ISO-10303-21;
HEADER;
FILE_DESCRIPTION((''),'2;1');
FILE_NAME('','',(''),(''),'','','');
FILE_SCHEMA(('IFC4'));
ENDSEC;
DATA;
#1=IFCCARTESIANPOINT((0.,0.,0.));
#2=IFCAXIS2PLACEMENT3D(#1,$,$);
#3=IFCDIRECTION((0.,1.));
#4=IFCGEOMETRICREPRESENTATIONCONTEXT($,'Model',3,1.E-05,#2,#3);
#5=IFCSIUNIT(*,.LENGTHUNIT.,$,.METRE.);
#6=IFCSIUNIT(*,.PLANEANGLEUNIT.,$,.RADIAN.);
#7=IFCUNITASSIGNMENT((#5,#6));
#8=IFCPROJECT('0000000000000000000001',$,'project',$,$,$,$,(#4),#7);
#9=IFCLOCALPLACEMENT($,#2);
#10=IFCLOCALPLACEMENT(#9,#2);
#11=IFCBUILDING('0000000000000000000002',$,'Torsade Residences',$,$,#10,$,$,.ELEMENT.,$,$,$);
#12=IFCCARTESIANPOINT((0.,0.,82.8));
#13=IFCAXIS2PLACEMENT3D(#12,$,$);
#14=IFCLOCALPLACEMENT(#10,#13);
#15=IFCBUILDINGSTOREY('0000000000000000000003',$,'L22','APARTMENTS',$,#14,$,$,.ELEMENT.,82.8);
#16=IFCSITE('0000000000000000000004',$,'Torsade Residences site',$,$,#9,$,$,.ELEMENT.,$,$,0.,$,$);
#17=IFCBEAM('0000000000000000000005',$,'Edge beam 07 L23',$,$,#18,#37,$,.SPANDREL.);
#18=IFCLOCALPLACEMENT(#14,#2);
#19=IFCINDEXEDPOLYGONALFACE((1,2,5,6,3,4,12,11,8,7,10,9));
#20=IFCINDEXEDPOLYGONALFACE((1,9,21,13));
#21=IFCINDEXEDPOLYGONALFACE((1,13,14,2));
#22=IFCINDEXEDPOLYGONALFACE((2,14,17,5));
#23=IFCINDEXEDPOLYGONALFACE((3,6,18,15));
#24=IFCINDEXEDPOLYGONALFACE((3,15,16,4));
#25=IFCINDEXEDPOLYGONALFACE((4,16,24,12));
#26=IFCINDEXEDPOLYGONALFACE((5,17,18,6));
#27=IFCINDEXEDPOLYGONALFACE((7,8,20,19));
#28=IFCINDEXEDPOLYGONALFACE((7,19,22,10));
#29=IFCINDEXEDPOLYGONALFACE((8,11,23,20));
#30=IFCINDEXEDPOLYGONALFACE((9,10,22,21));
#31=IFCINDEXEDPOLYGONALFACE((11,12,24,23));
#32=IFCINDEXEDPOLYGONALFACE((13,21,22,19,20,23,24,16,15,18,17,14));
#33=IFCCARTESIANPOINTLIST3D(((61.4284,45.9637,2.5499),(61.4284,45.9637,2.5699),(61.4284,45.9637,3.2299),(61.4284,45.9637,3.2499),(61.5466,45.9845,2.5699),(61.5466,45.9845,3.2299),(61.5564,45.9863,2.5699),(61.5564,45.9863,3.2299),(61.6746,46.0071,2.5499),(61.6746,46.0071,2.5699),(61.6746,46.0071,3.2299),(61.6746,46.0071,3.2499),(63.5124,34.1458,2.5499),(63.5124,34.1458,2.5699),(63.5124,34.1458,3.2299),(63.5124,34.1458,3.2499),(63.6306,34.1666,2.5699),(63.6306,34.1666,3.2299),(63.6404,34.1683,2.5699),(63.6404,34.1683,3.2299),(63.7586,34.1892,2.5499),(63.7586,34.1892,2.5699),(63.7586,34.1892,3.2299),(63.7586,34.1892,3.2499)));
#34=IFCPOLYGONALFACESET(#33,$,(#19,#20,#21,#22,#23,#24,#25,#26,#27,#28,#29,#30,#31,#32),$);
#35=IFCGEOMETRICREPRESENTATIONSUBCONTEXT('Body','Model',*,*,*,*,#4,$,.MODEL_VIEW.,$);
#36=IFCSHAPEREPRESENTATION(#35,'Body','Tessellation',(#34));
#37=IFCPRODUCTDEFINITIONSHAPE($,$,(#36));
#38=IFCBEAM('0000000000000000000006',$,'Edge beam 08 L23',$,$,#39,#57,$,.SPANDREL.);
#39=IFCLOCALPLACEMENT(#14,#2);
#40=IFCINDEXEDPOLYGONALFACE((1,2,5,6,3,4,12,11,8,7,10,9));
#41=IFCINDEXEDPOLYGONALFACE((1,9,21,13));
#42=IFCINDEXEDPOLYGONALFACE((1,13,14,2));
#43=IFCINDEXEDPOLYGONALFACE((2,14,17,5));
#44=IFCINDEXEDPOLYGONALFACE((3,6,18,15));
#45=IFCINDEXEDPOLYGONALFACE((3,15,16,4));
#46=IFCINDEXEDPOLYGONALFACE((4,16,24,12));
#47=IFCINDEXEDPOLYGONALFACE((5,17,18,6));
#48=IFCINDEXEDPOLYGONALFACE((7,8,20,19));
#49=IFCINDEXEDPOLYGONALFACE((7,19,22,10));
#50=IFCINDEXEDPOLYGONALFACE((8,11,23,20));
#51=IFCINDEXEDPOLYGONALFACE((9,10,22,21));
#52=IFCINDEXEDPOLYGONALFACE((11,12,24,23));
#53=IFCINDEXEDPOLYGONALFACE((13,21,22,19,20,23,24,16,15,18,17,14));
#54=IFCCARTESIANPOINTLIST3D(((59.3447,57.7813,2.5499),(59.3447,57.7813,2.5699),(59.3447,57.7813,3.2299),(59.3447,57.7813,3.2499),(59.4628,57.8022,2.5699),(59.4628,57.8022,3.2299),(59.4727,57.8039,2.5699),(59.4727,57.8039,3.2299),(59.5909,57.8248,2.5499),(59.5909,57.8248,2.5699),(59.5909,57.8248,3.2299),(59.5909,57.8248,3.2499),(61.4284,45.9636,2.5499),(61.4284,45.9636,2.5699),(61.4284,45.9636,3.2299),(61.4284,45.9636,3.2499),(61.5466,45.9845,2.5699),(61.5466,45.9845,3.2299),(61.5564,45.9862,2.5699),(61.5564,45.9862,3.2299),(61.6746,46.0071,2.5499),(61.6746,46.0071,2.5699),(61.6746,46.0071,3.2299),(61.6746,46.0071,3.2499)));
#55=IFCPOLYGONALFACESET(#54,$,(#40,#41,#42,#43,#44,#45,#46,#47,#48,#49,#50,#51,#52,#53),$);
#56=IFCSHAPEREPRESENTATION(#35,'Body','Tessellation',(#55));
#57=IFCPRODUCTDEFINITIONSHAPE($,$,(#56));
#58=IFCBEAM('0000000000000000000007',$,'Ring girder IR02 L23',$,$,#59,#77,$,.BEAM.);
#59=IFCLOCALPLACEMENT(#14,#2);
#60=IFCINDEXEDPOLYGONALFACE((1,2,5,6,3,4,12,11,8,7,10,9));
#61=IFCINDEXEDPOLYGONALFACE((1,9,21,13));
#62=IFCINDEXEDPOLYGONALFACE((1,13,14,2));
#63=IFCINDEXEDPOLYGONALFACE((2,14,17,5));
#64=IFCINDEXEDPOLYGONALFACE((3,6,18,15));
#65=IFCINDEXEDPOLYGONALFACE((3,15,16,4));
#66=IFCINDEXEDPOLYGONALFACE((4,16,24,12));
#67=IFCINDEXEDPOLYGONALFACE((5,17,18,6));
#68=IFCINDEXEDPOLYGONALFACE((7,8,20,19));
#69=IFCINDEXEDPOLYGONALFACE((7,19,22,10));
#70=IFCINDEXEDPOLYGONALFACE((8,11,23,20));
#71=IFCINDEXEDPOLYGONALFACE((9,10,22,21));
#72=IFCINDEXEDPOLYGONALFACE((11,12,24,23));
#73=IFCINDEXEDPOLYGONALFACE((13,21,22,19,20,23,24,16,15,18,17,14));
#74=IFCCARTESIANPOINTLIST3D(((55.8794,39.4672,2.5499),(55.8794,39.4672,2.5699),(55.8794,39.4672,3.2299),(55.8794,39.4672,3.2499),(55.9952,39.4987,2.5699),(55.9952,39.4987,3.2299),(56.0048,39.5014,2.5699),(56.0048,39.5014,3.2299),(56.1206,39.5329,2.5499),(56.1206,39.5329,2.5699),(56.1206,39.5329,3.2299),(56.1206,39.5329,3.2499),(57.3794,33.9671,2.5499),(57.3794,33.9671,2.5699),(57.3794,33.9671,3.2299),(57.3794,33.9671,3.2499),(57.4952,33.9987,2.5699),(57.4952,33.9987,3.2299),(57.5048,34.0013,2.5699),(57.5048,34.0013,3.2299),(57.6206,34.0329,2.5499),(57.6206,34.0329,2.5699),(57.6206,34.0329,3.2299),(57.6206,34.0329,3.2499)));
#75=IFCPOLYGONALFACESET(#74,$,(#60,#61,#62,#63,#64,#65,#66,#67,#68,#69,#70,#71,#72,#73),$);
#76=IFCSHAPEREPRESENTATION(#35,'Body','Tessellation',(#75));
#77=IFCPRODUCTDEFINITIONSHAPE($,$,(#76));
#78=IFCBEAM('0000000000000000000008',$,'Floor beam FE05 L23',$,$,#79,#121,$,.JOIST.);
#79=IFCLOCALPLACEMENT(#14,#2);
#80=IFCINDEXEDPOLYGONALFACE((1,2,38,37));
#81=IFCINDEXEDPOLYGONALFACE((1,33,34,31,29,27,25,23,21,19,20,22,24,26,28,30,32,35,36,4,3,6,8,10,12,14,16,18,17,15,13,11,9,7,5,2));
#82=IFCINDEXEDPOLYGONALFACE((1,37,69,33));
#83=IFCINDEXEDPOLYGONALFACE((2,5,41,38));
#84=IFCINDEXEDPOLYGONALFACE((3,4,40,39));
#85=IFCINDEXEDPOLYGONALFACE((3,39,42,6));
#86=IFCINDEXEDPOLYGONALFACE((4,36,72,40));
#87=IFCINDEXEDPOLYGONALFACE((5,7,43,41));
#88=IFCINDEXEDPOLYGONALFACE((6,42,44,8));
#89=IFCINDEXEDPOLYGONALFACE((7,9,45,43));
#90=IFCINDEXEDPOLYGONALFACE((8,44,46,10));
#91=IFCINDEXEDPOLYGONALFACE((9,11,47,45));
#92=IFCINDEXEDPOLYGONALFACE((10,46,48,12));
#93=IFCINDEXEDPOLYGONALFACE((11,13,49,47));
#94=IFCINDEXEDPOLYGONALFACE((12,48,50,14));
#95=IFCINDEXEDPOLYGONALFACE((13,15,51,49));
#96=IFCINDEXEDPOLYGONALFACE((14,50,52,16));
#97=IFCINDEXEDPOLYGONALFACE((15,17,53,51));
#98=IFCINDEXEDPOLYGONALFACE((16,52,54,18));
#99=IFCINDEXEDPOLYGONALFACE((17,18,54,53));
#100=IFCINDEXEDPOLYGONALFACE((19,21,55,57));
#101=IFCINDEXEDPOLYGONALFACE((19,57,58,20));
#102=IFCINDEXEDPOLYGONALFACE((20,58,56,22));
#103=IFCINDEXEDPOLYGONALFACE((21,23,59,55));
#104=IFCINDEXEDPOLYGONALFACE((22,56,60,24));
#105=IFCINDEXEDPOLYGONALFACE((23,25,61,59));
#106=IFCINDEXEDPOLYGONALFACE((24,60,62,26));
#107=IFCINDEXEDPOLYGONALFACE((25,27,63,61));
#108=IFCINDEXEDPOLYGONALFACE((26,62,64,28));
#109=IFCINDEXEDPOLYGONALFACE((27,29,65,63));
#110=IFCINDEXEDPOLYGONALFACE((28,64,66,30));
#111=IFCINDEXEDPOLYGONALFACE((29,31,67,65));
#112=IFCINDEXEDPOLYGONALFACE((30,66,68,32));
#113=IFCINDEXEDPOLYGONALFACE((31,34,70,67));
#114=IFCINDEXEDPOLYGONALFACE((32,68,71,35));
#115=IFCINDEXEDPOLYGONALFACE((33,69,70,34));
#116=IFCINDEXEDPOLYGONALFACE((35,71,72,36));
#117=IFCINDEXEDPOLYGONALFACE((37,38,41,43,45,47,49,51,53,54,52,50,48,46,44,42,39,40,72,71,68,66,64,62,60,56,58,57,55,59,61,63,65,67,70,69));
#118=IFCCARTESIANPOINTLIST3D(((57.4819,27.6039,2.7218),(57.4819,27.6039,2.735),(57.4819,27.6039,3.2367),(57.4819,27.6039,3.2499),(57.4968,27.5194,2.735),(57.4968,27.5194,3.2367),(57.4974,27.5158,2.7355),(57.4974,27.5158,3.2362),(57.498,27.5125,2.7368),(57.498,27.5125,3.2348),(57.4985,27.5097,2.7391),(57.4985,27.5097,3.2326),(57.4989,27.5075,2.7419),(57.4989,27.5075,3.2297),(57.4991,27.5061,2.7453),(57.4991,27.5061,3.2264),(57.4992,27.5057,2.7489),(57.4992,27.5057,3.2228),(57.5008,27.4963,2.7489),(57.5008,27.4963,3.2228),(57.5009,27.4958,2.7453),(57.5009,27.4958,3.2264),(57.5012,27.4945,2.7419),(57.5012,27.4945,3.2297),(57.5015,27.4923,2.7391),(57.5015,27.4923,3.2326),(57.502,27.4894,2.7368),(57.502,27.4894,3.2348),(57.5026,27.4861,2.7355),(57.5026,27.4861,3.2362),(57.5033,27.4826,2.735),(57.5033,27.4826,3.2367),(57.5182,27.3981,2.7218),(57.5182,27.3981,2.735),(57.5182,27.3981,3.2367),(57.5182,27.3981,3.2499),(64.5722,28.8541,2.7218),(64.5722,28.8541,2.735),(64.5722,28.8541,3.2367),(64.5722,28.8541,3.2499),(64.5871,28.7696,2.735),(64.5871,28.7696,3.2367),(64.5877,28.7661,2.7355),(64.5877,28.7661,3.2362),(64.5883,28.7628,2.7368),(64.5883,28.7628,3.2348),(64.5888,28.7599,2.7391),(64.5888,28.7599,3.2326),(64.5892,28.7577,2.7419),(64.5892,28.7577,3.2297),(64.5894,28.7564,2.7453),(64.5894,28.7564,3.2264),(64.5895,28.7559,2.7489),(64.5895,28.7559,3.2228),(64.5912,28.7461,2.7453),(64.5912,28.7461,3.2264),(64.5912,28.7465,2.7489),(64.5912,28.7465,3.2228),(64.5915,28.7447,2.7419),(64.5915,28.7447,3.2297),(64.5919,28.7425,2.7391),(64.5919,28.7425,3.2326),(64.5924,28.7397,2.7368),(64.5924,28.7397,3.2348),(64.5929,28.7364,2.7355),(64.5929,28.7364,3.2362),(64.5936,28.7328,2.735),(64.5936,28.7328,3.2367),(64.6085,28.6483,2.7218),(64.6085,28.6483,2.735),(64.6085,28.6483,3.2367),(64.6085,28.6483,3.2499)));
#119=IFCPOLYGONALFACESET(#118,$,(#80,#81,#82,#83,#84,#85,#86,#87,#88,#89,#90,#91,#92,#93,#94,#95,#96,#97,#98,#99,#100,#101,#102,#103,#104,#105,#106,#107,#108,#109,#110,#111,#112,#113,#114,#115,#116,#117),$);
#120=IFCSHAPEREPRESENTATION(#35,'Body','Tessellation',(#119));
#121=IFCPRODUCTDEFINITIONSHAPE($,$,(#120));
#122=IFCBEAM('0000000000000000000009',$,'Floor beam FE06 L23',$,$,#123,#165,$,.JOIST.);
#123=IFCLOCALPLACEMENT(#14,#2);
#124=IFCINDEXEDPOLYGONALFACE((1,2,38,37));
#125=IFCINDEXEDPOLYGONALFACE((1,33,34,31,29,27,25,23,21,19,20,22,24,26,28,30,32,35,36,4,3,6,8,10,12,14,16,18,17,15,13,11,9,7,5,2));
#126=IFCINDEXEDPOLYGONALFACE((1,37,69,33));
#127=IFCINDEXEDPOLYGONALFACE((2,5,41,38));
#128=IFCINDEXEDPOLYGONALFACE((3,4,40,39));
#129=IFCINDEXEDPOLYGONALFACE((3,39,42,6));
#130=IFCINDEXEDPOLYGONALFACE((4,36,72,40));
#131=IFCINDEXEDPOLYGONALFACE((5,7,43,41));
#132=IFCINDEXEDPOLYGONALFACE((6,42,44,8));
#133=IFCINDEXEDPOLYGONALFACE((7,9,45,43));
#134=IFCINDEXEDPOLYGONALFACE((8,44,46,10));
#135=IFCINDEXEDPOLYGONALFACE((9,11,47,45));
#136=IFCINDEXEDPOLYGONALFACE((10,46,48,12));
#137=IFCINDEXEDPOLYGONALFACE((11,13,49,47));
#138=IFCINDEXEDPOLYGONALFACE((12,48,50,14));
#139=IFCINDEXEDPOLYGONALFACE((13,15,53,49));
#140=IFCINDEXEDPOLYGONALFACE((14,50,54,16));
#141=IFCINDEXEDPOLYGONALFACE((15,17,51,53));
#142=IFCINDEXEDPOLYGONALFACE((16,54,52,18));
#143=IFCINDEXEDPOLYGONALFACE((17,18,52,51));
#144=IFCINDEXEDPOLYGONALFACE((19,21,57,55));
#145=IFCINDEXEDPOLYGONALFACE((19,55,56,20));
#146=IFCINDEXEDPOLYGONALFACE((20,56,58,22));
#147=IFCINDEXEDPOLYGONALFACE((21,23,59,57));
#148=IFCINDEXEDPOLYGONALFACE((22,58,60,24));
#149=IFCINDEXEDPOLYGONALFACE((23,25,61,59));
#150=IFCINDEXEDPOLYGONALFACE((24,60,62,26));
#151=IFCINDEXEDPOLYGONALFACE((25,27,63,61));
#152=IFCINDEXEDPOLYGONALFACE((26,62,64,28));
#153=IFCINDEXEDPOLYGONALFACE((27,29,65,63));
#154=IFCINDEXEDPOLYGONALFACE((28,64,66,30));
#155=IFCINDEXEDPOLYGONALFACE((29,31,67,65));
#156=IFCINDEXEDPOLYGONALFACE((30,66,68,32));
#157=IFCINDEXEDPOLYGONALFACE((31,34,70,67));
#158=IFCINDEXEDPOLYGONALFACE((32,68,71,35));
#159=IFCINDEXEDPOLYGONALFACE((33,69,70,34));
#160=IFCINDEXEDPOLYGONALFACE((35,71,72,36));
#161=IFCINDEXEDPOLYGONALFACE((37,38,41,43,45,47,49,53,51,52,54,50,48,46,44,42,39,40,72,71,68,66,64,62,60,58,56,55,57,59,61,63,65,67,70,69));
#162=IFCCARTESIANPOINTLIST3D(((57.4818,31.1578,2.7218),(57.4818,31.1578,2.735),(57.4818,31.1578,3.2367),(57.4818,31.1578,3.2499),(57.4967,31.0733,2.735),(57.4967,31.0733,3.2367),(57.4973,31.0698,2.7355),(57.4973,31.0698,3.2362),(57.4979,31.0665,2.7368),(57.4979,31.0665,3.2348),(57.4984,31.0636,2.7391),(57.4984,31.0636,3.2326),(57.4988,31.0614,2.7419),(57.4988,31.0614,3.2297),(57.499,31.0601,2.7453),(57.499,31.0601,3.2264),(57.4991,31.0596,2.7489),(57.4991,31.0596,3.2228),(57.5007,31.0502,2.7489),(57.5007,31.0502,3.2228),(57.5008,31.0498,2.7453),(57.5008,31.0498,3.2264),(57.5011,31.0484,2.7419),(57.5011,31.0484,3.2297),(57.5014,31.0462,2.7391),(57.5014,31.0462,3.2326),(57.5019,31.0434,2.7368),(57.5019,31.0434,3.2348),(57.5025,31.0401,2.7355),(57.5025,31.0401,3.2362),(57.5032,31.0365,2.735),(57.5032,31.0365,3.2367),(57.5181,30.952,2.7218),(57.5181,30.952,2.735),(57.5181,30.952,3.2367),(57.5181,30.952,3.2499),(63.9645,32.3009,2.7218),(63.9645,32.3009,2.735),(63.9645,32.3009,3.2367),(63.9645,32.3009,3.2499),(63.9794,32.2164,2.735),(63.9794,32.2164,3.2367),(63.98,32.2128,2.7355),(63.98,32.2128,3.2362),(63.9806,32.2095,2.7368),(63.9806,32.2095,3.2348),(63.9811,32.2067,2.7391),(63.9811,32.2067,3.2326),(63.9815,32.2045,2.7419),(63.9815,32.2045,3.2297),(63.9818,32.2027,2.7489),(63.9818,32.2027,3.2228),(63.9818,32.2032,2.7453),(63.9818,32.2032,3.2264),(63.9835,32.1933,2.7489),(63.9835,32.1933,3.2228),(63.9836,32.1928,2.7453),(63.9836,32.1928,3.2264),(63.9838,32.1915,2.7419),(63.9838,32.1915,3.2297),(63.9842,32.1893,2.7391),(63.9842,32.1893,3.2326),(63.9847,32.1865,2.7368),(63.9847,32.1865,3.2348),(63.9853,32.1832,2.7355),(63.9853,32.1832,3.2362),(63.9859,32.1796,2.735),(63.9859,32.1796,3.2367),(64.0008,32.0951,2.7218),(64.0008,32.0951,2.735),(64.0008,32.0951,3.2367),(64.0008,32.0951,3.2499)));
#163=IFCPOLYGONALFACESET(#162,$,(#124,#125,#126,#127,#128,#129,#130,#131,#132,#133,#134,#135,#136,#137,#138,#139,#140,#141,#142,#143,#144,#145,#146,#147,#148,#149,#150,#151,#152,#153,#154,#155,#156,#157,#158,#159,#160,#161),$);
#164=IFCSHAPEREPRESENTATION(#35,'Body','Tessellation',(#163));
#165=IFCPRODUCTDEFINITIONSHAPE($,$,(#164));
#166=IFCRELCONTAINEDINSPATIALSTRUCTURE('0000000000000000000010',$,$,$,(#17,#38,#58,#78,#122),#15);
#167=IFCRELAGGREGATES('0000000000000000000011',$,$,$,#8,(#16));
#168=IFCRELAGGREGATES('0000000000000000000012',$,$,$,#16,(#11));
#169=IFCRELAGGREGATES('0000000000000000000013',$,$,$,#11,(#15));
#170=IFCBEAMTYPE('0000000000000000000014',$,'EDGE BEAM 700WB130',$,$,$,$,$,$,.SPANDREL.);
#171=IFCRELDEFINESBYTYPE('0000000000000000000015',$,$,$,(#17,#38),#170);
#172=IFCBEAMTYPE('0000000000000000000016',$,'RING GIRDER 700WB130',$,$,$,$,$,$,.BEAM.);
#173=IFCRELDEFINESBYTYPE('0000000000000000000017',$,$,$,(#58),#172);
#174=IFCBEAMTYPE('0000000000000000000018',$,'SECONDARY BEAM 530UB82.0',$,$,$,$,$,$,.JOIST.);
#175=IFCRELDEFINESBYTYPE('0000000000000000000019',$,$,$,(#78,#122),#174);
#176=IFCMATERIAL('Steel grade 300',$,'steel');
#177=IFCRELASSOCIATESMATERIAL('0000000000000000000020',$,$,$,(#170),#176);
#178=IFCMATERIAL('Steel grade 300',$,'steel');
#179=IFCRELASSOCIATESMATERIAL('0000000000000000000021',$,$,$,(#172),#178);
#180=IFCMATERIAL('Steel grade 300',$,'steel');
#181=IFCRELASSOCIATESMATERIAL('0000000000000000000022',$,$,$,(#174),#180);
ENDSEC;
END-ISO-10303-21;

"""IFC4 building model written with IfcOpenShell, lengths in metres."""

from ifc_helpers import new_model, si_unit, direction, frame, origin, origin_2d, place, context, subcontext, project, spatial, i_section, extrude, material, material_profile, profile_set, type_object, element, save


model = new_model("IFC4")

# Units and contexts
model_context = context("Model", 3, precision=1e-05, world=origin(), true_north=direction((0.0, 1.0)))
body_context = subcontext(model_context, "Body", "Model", "MODEL_VIEW")
ifc_project = project(units=[si_unit("LENGTHUNIT", "METRE"), si_unit("PLANEANGLEUNIT", "RADIAN")], contexts=[model_context])

# Site, building, storey
site_placement = place(None, origin())
site = spatial("IfcSite", under=ifc_project, at=site_placement, Name="Torsade Residences site", CompositionType="ELEMENT", RefElevation=0.0)
building_placement = place(site_placement, origin())
building = spatial("IfcBuilding", under=site, at=building_placement, Name="Torsade Residences", CompositionType="ELEMENT")
storey_placement = place(building_placement, frame((0.0, 0.0, 82.8)))
storey = spatial("IfcBuildingStorey", under=building, at=storey_placement, Name="L22", Description="APARTMENTS", CompositionType="ELEMENT", Elevation=82.8)

# Beams
ifc_material_1 = material(Name="Steel grade 300", Category="steel")
ifc_material_profile_1 = material_profile(ifc_material_1, i_section(OverallWidth=0.25, OverallDepth=0.7, WebThickness=0.01, FlangeThickness=0.02, at=origin_2d()), Name="700WB130")
ifc_profile_set_1 = profile_set([ifc_material_profile_1], Name="Steel grade 300")
beam_type_1 = type_object("IfcBeamType", Name="EDGE BEAM 700WB130", PredefinedType="SPANDREL", material=ifc_profile_set_1)
beam_1_placement = place(storey_placement, frame((63.6355, 34.1675, 2.8999), z_axis=(-0.173662, 0.984805, 0.0), x_axis=(-0.984805, -0.173662, 0.0)))
element("IfcBeam", 1, at=beam_1_placement, inside=storey, type_object=beam_type_1, Name="Edge beam 07 L23", PredefinedType="SPANDREL", context=body_context, shape_type="SweptSolid", body=[
    extrude(i_section(OverallWidth=0.25, OverallDepth=0.7, WebThickness=0.01, FlangeThickness=0.02, at=origin_2d()), origin(), (0.0, 0.0, 1.0), 12.0002),
])
beam_2_placement = place(storey_placement, frame((61.5515, 45.9854, 2.8999), z_axis=(-0.173646, 0.984808, 0.0), x_axis=(-0.984808, -0.173646, 0.0)))
element("IfcBeam", 2, at=beam_2_placement, inside=storey, type_object=beam_type_1, Name="Edge beam 08 L23", PredefinedType="SPANDREL", context=body_context, shape_type="SweptSolid", body=[
    extrude(i_section(OverallWidth=0.25, OverallDepth=0.7, WebThickness=0.01, FlangeThickness=0.02, at=origin_2d()), origin(), (0.0, 0.0, 1.0), 12.0),
])
ifc_material_2 = material(Name="Steel grade 300", Category="steel")
ifc_material_profile_2 = material_profile(ifc_material_2, i_section(OverallWidth=0.25, OverallDepth=0.7, WebThickness=0.01, FlangeThickness=0.02, at=origin_2d()), Name="700WB130")
ifc_profile_set_2 = profile_set([ifc_material_profile_2], Name="Steel grade 300")
beam_type_2 = type_object("IfcBeamType", Name="RING GIRDER 700WB130", PredefinedType="BEAM", material=ifc_profile_set_2)
beam_3_placement = place(storey_placement, frame((57.5, 34.0, 2.8999), z_axis=(-0.263117, 0.964764, 0.0), x_axis=(-0.964764, -0.263117, 0.0)))
element("IfcBeam", 3, at=beam_3_placement, inside=storey, type_object=beam_type_2, Name="Ring girder IR02 L23", PredefinedType="BEAM", context=body_context, shape_type="SweptSolid", body=[
    extrude(i_section(OverallWidth=0.25, OverallDepth=0.7, WebThickness=0.01, FlangeThickness=0.02, at=origin_2d()), origin(), (0.0, 0.0, 1.0), 5.7009),
])
ifc_material_3 = material(Name="Steel grade 300", Category="steel")
ifc_material_profile_3 = material_profile(ifc_material_3, i_section(OverallWidth=0.209, OverallDepth=0.5281, WebThickness=0.0095, FlangeThickness=0.0132, FilletRadius=0.0139, at=origin_2d()), Name="530UB82.0")
ifc_profile_set_3 = profile_set([ifc_material_profile_3], Name="Steel grade 300")
beam_type_3 = type_object("IfcBeamType", Name="SECONDARY BEAM 530UB82.0", PredefinedType="JOIST", material=ifc_profile_set_3)
beam_4_placement = place(storey_placement, frame((64.5903, 28.7512, 2.9858), z_axis=(-0.984807, -0.173652, 0.0), x_axis=(0.173652, -0.984807, 0.0)))
element("IfcBeam", 4, at=beam_4_placement, inside=storey, type_object=beam_type_3, Name="Floor beam FE05 L23", PredefinedType="JOIST", context=body_context, shape_type="SweptSolid", body=[
    extrude(i_section(OverallWidth=0.209, OverallDepth=0.5281, WebThickness=0.0095, FlangeThickness=0.0132, FilletRadius=0.0139, at=origin_2d()), origin(), (0.0, 0.0, 1.0), 7.1997),
])
beam_5_placement = place(storey_placement, frame((63.9827, 32.198, 2.9858), z_axis=(-0.984808, -0.173648, 0.0), x_axis=(0.173648, -0.984808, 0.0)))
element("IfcBeam", 5, at=beam_5_placement, inside=storey, type_object=beam_type_3, Name="Floor beam FE06 L23", PredefinedType="JOIST", context=body_context, shape_type="SweptSolid", body=[
    extrude(i_section(OverallWidth=0.209, OverallDepth=0.5281, WebThickness=0.0095, FlangeThickness=0.0132, FilletRadius=0.0139, at=origin_2d()), origin(), (0.0, 0.0, 1.0), 6.5828),
])

save(model, "model.ifc")
